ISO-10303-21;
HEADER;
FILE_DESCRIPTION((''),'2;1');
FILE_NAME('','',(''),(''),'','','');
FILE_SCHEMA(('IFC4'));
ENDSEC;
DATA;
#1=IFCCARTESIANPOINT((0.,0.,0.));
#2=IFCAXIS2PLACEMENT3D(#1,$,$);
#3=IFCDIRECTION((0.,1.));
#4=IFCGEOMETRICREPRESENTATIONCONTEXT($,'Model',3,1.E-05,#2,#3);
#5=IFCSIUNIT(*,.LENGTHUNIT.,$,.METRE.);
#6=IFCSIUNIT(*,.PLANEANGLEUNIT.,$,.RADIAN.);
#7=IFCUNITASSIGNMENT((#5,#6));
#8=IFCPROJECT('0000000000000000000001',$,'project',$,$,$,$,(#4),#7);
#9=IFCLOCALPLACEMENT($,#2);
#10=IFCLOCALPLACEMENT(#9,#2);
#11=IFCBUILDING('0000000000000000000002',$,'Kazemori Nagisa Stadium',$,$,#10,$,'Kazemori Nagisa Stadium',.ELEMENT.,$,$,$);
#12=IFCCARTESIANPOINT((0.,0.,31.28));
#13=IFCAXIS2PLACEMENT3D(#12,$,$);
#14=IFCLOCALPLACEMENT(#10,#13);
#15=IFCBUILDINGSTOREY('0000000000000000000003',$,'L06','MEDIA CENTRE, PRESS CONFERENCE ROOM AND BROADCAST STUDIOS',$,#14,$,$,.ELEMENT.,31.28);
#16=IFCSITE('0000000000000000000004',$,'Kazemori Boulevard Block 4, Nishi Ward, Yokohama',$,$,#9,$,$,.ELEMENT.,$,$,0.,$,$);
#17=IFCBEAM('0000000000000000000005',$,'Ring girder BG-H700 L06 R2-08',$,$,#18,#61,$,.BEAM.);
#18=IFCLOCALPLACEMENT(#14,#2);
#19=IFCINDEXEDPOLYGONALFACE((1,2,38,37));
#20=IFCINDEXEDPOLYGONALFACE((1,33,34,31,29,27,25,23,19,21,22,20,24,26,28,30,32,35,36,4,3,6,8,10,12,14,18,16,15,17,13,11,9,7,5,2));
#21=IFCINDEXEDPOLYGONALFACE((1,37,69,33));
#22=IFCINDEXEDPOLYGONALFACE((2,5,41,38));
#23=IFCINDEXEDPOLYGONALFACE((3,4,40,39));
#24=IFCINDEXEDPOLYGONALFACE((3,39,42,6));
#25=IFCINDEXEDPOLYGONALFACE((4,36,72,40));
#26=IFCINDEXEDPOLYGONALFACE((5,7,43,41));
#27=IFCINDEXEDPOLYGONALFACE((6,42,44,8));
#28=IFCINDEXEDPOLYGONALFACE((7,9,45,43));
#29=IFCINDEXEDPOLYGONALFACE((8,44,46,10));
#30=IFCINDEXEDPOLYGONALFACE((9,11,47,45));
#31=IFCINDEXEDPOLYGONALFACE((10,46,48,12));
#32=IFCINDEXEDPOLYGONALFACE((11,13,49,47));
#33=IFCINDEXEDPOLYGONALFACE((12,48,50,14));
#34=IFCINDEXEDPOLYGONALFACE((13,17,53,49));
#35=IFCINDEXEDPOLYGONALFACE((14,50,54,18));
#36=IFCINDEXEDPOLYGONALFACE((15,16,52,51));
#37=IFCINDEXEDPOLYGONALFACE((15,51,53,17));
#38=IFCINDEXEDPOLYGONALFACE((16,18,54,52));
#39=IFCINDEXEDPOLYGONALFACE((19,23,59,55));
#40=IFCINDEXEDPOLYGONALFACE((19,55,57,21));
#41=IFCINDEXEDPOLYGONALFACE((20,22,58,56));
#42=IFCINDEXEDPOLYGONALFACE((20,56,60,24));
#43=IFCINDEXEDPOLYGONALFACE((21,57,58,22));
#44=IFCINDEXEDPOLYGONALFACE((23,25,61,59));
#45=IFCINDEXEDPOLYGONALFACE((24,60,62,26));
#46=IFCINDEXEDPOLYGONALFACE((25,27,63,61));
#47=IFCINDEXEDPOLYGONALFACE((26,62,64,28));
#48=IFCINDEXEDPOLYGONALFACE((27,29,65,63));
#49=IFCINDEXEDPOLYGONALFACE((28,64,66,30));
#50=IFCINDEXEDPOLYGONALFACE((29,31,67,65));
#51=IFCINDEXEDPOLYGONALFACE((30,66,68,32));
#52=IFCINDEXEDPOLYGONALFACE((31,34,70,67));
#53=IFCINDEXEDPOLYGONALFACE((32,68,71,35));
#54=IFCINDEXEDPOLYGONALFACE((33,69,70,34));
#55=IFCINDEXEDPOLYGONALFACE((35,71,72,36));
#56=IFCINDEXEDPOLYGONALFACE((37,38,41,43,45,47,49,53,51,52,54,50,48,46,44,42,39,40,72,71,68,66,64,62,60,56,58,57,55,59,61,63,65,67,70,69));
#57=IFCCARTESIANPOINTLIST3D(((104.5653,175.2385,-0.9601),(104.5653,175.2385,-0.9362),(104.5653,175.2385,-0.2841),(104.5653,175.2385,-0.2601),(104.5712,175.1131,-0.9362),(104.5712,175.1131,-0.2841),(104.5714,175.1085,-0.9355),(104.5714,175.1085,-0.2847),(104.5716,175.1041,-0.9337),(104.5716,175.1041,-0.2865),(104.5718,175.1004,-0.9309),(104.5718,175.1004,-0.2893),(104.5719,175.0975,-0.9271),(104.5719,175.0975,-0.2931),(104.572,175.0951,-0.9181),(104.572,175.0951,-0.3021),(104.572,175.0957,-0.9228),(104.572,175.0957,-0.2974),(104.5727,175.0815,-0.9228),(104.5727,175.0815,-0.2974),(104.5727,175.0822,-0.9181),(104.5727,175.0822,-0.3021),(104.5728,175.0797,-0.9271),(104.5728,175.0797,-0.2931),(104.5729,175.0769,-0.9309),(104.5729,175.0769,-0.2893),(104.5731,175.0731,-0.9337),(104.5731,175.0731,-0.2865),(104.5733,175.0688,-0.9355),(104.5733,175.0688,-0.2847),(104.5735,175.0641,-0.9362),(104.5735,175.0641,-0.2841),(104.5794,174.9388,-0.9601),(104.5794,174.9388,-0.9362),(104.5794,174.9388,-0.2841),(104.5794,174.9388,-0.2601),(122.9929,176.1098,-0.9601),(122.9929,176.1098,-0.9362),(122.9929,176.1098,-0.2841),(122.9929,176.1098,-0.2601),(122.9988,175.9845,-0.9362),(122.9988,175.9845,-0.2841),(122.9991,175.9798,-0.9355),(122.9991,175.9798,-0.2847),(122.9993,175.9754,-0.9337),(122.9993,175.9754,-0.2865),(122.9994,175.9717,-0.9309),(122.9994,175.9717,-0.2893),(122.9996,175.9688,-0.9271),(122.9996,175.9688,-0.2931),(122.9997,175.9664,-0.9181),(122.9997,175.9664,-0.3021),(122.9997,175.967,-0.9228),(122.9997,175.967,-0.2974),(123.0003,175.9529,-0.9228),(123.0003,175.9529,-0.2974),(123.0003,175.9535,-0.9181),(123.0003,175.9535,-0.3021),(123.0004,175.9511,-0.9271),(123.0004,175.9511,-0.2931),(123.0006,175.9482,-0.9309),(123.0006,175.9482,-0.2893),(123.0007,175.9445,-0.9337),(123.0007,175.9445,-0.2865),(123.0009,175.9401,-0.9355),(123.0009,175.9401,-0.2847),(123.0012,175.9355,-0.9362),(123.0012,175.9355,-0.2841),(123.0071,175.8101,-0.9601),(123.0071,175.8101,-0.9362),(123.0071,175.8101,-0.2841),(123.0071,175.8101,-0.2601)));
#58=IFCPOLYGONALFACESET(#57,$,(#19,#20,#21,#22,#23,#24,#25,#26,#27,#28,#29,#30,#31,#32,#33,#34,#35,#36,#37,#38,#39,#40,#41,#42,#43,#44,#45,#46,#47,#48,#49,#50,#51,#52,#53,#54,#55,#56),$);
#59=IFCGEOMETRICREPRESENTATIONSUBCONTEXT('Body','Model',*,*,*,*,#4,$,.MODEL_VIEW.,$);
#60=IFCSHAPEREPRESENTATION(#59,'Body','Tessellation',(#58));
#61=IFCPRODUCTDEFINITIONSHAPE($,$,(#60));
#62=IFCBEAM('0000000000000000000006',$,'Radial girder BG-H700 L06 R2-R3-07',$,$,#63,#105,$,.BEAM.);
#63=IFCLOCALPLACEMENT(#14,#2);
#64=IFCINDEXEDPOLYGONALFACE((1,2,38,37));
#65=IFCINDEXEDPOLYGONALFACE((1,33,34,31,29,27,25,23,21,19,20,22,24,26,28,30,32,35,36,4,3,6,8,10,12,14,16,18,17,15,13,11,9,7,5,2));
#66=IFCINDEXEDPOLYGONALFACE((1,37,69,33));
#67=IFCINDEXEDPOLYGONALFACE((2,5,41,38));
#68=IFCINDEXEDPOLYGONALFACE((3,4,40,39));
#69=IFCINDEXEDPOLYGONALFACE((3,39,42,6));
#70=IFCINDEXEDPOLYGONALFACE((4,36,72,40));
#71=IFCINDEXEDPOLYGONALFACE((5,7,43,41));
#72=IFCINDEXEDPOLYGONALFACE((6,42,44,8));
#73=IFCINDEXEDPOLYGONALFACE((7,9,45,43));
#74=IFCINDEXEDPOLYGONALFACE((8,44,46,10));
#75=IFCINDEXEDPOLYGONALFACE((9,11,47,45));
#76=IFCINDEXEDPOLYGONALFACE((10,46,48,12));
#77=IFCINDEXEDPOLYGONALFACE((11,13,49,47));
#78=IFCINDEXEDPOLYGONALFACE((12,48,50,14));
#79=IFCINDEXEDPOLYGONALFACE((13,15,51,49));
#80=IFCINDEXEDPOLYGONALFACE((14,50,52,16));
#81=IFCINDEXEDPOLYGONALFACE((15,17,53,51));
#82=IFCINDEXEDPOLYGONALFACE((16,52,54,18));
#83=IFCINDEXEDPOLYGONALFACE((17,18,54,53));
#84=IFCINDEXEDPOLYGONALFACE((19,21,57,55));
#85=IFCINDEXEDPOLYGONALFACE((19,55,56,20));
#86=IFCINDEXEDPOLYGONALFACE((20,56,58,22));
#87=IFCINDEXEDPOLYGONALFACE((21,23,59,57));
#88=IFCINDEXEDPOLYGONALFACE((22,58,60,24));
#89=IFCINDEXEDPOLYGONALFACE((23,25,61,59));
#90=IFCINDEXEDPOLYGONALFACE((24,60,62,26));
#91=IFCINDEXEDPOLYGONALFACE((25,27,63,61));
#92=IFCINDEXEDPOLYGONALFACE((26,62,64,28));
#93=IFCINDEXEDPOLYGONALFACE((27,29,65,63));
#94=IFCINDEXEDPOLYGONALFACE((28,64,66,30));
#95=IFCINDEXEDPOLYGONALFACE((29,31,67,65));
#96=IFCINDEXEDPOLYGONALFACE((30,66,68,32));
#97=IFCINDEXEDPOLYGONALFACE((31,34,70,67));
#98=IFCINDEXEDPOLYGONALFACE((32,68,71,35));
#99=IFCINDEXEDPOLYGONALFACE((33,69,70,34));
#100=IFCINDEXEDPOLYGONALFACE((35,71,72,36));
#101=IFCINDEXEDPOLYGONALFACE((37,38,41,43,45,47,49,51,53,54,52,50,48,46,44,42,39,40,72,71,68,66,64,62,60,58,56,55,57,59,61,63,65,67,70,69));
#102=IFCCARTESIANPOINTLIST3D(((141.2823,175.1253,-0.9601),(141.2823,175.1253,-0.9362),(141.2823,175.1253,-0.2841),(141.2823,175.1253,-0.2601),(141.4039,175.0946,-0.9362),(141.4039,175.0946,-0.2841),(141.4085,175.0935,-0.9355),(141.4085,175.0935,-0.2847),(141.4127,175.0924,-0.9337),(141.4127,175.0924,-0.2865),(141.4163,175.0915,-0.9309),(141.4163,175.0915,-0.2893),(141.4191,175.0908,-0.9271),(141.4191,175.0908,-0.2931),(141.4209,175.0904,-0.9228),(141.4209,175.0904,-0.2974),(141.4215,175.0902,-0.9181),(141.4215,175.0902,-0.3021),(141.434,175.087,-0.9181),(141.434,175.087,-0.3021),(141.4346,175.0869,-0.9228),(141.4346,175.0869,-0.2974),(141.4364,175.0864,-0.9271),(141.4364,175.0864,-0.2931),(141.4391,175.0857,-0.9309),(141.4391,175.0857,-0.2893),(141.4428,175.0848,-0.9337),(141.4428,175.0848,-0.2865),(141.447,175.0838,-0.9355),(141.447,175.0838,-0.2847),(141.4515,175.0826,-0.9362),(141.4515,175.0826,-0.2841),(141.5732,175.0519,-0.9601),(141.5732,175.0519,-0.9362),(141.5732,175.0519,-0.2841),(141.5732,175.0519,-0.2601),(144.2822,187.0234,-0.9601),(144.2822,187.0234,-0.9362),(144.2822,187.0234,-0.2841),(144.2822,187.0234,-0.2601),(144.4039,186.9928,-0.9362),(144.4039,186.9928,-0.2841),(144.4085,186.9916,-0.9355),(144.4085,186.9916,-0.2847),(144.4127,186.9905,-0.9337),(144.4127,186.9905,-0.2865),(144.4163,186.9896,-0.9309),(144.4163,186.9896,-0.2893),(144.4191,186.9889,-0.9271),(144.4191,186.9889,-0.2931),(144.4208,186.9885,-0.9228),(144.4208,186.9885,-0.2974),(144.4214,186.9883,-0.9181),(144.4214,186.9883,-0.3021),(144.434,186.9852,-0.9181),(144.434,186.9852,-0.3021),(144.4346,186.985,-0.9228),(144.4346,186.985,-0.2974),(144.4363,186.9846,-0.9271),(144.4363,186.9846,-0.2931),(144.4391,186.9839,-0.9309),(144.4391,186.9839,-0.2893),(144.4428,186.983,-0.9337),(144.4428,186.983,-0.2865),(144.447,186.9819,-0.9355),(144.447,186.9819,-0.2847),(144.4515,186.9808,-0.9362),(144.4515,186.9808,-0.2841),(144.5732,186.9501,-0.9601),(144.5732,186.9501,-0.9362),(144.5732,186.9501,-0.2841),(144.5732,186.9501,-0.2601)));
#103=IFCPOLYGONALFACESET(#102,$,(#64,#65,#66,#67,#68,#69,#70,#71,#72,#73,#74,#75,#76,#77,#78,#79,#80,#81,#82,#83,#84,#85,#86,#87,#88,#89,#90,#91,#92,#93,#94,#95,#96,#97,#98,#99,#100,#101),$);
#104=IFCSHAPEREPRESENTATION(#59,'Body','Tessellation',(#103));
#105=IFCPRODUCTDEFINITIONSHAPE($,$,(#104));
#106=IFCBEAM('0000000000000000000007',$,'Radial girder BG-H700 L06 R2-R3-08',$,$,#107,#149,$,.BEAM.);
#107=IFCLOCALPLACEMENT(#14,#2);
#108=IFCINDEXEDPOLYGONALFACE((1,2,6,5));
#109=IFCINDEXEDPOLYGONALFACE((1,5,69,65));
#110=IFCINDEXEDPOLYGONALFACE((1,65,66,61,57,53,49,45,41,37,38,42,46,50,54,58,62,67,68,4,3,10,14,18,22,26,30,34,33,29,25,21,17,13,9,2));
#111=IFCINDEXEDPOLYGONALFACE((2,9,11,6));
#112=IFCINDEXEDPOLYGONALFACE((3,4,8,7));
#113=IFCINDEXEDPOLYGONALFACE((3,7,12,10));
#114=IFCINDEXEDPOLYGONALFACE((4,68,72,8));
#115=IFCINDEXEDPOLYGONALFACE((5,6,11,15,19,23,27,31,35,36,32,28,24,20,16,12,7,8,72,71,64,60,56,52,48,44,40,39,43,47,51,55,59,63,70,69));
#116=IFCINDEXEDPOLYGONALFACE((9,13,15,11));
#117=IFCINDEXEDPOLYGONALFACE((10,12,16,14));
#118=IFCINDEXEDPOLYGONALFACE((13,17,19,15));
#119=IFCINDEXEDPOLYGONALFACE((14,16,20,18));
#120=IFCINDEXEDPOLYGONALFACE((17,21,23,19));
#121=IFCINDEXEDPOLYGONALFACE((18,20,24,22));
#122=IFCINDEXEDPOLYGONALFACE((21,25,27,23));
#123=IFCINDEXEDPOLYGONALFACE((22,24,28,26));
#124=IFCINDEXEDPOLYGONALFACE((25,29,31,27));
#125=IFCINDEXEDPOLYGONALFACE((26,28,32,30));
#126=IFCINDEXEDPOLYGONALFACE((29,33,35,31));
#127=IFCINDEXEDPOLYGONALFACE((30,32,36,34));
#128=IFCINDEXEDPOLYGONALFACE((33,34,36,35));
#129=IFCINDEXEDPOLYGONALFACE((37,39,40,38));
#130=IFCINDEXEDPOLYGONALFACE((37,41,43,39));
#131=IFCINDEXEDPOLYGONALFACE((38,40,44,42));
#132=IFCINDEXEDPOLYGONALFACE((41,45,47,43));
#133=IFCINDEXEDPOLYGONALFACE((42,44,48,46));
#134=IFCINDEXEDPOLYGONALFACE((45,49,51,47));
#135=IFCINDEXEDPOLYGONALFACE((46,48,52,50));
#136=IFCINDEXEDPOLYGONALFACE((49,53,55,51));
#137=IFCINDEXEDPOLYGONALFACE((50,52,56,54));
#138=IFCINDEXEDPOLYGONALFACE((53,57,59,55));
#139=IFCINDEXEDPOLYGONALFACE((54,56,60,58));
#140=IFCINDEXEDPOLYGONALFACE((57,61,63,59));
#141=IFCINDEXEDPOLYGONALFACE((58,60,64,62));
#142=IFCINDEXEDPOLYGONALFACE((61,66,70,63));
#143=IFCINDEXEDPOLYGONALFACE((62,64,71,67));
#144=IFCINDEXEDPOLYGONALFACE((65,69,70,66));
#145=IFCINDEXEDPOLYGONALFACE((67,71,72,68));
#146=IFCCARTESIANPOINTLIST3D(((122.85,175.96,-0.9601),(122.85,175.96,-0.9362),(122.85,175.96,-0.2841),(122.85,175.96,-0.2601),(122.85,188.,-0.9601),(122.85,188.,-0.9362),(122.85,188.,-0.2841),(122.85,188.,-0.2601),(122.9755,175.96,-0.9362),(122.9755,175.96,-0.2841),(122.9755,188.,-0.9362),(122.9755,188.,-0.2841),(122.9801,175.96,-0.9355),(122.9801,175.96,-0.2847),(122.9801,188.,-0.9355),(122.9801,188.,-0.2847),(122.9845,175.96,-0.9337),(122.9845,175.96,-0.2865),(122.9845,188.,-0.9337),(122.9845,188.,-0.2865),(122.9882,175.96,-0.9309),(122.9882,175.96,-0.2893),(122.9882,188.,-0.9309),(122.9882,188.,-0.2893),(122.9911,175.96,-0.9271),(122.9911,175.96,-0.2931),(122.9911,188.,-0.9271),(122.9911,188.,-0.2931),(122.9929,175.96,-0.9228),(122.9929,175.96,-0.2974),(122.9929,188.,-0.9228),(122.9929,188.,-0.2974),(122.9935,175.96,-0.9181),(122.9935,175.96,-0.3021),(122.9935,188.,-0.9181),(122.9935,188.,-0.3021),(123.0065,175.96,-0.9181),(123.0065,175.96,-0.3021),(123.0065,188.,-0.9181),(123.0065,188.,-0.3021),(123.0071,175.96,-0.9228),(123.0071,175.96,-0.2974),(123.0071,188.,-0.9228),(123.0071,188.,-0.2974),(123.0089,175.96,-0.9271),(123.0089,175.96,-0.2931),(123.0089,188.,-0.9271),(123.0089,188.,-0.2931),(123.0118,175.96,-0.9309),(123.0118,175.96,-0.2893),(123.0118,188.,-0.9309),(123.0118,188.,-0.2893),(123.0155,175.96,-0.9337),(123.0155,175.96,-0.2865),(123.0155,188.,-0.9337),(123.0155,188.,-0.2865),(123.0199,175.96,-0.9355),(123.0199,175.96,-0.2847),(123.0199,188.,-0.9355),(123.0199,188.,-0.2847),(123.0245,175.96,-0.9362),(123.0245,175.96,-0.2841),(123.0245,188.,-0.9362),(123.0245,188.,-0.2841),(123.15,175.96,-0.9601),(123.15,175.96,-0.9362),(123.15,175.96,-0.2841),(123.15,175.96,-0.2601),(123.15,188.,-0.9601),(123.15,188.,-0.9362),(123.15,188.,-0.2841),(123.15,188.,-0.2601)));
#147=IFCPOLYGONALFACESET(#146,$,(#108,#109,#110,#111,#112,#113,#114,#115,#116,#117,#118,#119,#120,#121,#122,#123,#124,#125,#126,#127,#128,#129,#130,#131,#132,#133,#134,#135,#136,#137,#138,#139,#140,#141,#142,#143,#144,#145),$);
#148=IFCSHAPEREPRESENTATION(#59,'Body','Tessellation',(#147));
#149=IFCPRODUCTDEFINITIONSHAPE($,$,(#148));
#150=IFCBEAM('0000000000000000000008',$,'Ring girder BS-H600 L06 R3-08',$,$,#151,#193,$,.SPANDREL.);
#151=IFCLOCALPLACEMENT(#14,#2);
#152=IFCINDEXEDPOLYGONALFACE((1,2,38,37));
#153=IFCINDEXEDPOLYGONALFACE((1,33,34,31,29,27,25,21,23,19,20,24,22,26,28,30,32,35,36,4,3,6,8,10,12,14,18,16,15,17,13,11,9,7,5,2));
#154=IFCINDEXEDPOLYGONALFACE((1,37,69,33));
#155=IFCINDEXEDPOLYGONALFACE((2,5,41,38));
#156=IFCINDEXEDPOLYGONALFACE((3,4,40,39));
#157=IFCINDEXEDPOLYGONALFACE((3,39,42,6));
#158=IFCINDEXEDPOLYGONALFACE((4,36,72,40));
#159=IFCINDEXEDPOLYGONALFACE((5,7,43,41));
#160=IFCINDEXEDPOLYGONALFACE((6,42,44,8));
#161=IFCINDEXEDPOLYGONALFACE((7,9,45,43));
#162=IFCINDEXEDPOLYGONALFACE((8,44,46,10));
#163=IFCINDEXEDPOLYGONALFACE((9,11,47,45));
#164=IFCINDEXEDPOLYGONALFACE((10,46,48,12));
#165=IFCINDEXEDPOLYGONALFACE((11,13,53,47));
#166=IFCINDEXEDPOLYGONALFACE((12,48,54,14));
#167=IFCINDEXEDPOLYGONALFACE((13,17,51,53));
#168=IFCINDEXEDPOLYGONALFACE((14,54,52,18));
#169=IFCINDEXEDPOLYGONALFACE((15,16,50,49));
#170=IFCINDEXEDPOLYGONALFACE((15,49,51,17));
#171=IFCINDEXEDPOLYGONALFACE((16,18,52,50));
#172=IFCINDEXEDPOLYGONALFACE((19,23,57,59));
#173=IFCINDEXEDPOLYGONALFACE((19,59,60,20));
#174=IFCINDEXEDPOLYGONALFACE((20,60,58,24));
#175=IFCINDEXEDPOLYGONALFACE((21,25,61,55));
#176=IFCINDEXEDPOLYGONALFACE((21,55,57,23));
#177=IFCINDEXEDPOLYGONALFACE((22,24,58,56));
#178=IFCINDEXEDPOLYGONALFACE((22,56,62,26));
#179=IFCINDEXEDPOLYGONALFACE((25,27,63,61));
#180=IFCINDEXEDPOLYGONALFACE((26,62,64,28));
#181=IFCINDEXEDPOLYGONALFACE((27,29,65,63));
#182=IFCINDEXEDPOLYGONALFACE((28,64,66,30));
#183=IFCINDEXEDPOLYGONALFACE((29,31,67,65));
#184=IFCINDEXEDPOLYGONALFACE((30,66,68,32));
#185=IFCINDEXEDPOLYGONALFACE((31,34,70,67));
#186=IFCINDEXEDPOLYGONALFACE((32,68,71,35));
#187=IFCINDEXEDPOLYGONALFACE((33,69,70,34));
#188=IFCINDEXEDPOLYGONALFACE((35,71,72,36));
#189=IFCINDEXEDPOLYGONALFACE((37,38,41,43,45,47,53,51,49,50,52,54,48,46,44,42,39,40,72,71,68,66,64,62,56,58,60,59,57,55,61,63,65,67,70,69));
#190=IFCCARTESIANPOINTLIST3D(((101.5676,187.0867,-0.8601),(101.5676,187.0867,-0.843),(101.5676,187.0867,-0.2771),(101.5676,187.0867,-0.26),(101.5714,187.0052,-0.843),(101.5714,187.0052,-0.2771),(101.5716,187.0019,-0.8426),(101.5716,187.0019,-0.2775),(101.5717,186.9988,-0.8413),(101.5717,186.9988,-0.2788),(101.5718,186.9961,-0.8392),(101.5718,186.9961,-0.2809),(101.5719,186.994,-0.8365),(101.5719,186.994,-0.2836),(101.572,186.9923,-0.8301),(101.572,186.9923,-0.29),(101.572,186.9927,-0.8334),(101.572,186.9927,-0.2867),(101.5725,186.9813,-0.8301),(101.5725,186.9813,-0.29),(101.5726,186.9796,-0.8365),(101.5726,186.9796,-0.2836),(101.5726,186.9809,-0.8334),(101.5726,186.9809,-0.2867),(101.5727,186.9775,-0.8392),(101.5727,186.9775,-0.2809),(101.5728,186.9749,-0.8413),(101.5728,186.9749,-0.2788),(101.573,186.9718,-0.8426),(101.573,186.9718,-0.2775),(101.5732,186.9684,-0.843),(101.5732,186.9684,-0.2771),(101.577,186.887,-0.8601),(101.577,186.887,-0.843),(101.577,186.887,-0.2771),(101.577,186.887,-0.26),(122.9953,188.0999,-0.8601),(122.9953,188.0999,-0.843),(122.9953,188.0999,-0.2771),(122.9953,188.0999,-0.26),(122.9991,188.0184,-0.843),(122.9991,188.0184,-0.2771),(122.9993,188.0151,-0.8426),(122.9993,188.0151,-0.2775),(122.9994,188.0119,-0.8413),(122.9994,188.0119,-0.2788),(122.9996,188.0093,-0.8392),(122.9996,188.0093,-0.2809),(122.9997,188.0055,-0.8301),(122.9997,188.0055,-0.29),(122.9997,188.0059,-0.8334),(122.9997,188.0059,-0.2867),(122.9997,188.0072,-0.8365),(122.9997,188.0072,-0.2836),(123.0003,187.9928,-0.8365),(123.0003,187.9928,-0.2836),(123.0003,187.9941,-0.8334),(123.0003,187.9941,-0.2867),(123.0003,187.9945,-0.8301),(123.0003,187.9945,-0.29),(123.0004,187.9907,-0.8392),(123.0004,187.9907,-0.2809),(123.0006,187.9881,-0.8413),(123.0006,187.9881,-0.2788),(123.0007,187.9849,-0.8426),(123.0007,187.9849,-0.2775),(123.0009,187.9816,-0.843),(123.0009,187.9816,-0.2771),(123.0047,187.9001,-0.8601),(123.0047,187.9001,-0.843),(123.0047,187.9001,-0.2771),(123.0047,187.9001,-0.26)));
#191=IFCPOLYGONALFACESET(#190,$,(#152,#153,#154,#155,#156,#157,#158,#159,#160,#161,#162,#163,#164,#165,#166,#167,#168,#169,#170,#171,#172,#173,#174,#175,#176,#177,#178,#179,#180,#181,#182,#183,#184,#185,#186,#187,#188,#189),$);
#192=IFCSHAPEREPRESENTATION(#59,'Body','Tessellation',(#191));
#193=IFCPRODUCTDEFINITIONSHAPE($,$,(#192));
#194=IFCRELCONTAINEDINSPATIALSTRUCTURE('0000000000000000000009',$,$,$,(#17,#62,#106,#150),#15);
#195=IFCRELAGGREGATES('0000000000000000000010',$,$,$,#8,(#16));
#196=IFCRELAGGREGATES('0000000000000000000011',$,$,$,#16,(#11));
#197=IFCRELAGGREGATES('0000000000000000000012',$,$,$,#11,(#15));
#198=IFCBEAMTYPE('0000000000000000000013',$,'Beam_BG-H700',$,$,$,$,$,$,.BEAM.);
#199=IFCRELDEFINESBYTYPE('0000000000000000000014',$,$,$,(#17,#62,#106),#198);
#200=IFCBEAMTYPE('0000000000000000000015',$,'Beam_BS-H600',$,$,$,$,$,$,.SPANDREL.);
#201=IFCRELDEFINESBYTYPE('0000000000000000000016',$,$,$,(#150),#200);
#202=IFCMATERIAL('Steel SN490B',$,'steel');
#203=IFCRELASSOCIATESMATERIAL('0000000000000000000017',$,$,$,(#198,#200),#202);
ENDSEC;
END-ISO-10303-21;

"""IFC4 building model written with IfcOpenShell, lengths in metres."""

from ifc_helpers import new_model, si_unit, direction, frame, origin, origin_2d, place, context, subcontext, project, spatial, i_section, extrude, material, material_profile, profile_set, type_object, element, save


model = new_model("IFC4")

# Units and contexts
model_context = context("Model", 3, precision=1e-05, world=origin(), true_north=direction((0.0, 1.0)))
body_context = subcontext(model_context, "Body", "Model", "MODEL_VIEW")
ifc_project = project(units=[si_unit("LENGTHUNIT", "METRE"), si_unit("PLANEANGLEUNIT", "RADIAN")], contexts=[model_context])

# Site, building, storey
site_placement = place(None, origin())
site = spatial("IfcSite", under=ifc_project, at=site_placement, Name="Kazemori Boulevard Block 4, Nishi Ward, Yokohama", CompositionType="ELEMENT", RefElevation=0.0)
building_placement = place(site_placement, origin())
building = spatial("IfcBuilding", under=site, at=building_placement, Name="Kazemori Nagisa Stadium", LongName="Kazemori Nagisa Stadium", CompositionType="ELEMENT")
storey_placement = place(building_placement, frame((0.0, 0.0, 31.28)))
storey = spatial("IfcBuildingStorey", under=building, at=storey_placement, Name="L06", Description="MEDIA CENTRE, PRESS CONFERENCE ROOM AND BROADCAST STUDIOS", CompositionType="ELEMENT", Elevation=31.28)

# Shared definitions
ifc_material_1 = material(Name="Steel SN490B", Category="steel")

# Beams
ifc_material_profile_1 = material_profile(ifc_material_1, i_section(OverallWidth=0.3, OverallDepth=0.7, WebThickness=0.0129, FlangeThickness=0.0239, FilletRadius=0.0181, at=origin_2d()), Name="H-700x300x13x24")
ifc_profile_set_1 = profile_set([ifc_material_profile_1], Name="Steel SN490B")
beam_type_1 = type_object("IfcBeamType", Name="Beam_BG-H700", PredefinedType="BEAM", material=ifc_profile_set_1)
for number, where, z_axis, x_axis, name in (
    (1, (123.0, 175.96, -0.6101), (-0.998884, -0.047231, 0.0), (0.047231, -0.998884, 0.0), "Ring girder BG-H700 L06 R2-08"),
):
    element("IfcBeam", number, at=place(storey_placement, frame(where, z_axis=z_axis, x_axis=x_axis)), inside=storey, type_object=beam_type_1, Name=name, PredefinedType="BEAM", context=body_context, shape_type="SweptSolid", body=[
        extrude(i_section(OverallWidth=0.3, OverallDepth=0.7, WebThickness=0.0129, FlangeThickness=0.0239, FilletRadius=0.0181, at=origin_2d()), origin(), (0.0, 0.0, 1.0), 18.4482),
    ])
beam_1_placement = place(storey_placement, frame((141.4277, 175.0886, -0.6101), z_axis=(0.244487, 0.969652, 0.0), x_axis=(-0.969652, 0.244487, 0.0)))
element("IfcBeam", 2, at=beam_1_placement, inside=storey, type_object=beam_type_1, Name="Radial girder BG-H700 L06 R2-R3-07", PredefinedType="BEAM", context=body_context, shape_type="SweptSolid", body=[
    extrude(i_section(OverallWidth=0.3, OverallDepth=0.7, WebThickness=0.0129, FlangeThickness=0.0239, FilletRadius=0.0181, at=origin_2d()), origin(), (0.0, 0.0, 1.0), 12.2705),
])
beam_2_placement = place(storey_placement, frame((123.0, 175.96, -0.6101), z_axis=(0.0, 1.0, 0.0), x_axis=(-1.0, 0.0, 0.0)))
element("IfcBeam", 3, at=beam_2_placement, inside=storey, type_object=beam_type_1, Name="Radial girder BG-H700 L06 R2-R3-08", PredefinedType="BEAM", context=body_context, shape_type="SweptSolid", body=[
    extrude(i_section(OverallWidth=0.3, OverallDepth=0.7, WebThickness=0.0129, FlangeThickness=0.0239, FilletRadius=0.0181, at=origin_2d()), origin(), (0.0, 0.0, 1.0), 12.04),
])
ifc_material_profile_2 = material_profile(ifc_material_1, i_section(OverallWidth=0.2, OverallDepth=0.6001, WebThickness=0.011, FlangeThickness=0.0171, FilletRadius=0.0129, at=origin_2d()), Name="H-600x200x11x17")
ifc_profile_set_2 = profile_set([ifc_material_profile_2], Name="Steel SN490B")
beam_type_2 = type_object("IfcBeamType", Name="Beam_BS-H600", PredefinedType="SPANDREL", material=ifc_profile_set_2)
beam_3_placement = place(storey_placement, frame((123.0, 188.0, -0.5601), z_axis=(-0.998884, -0.047231, 0.0), x_axis=(0.047231, -0.998884, 0.0)))
element("IfcBeam", 4, at=beam_3_placement, inside=storey, type_object=beam_type_2, Name="Ring girder BS-H600 L06 R3-08", PredefinedType="SPANDREL", context=body_context, shape_type="SweptSolid", body=[
    extrude(i_section(OverallWidth=0.2, OverallDepth=0.6001, WebThickness=0.011, FlangeThickness=0.0171, FilletRadius=0.0129, at=origin_2d()), origin(), (0.0, 0.0, 1.0), 21.4517),
])

save(model, "model.ifc")
